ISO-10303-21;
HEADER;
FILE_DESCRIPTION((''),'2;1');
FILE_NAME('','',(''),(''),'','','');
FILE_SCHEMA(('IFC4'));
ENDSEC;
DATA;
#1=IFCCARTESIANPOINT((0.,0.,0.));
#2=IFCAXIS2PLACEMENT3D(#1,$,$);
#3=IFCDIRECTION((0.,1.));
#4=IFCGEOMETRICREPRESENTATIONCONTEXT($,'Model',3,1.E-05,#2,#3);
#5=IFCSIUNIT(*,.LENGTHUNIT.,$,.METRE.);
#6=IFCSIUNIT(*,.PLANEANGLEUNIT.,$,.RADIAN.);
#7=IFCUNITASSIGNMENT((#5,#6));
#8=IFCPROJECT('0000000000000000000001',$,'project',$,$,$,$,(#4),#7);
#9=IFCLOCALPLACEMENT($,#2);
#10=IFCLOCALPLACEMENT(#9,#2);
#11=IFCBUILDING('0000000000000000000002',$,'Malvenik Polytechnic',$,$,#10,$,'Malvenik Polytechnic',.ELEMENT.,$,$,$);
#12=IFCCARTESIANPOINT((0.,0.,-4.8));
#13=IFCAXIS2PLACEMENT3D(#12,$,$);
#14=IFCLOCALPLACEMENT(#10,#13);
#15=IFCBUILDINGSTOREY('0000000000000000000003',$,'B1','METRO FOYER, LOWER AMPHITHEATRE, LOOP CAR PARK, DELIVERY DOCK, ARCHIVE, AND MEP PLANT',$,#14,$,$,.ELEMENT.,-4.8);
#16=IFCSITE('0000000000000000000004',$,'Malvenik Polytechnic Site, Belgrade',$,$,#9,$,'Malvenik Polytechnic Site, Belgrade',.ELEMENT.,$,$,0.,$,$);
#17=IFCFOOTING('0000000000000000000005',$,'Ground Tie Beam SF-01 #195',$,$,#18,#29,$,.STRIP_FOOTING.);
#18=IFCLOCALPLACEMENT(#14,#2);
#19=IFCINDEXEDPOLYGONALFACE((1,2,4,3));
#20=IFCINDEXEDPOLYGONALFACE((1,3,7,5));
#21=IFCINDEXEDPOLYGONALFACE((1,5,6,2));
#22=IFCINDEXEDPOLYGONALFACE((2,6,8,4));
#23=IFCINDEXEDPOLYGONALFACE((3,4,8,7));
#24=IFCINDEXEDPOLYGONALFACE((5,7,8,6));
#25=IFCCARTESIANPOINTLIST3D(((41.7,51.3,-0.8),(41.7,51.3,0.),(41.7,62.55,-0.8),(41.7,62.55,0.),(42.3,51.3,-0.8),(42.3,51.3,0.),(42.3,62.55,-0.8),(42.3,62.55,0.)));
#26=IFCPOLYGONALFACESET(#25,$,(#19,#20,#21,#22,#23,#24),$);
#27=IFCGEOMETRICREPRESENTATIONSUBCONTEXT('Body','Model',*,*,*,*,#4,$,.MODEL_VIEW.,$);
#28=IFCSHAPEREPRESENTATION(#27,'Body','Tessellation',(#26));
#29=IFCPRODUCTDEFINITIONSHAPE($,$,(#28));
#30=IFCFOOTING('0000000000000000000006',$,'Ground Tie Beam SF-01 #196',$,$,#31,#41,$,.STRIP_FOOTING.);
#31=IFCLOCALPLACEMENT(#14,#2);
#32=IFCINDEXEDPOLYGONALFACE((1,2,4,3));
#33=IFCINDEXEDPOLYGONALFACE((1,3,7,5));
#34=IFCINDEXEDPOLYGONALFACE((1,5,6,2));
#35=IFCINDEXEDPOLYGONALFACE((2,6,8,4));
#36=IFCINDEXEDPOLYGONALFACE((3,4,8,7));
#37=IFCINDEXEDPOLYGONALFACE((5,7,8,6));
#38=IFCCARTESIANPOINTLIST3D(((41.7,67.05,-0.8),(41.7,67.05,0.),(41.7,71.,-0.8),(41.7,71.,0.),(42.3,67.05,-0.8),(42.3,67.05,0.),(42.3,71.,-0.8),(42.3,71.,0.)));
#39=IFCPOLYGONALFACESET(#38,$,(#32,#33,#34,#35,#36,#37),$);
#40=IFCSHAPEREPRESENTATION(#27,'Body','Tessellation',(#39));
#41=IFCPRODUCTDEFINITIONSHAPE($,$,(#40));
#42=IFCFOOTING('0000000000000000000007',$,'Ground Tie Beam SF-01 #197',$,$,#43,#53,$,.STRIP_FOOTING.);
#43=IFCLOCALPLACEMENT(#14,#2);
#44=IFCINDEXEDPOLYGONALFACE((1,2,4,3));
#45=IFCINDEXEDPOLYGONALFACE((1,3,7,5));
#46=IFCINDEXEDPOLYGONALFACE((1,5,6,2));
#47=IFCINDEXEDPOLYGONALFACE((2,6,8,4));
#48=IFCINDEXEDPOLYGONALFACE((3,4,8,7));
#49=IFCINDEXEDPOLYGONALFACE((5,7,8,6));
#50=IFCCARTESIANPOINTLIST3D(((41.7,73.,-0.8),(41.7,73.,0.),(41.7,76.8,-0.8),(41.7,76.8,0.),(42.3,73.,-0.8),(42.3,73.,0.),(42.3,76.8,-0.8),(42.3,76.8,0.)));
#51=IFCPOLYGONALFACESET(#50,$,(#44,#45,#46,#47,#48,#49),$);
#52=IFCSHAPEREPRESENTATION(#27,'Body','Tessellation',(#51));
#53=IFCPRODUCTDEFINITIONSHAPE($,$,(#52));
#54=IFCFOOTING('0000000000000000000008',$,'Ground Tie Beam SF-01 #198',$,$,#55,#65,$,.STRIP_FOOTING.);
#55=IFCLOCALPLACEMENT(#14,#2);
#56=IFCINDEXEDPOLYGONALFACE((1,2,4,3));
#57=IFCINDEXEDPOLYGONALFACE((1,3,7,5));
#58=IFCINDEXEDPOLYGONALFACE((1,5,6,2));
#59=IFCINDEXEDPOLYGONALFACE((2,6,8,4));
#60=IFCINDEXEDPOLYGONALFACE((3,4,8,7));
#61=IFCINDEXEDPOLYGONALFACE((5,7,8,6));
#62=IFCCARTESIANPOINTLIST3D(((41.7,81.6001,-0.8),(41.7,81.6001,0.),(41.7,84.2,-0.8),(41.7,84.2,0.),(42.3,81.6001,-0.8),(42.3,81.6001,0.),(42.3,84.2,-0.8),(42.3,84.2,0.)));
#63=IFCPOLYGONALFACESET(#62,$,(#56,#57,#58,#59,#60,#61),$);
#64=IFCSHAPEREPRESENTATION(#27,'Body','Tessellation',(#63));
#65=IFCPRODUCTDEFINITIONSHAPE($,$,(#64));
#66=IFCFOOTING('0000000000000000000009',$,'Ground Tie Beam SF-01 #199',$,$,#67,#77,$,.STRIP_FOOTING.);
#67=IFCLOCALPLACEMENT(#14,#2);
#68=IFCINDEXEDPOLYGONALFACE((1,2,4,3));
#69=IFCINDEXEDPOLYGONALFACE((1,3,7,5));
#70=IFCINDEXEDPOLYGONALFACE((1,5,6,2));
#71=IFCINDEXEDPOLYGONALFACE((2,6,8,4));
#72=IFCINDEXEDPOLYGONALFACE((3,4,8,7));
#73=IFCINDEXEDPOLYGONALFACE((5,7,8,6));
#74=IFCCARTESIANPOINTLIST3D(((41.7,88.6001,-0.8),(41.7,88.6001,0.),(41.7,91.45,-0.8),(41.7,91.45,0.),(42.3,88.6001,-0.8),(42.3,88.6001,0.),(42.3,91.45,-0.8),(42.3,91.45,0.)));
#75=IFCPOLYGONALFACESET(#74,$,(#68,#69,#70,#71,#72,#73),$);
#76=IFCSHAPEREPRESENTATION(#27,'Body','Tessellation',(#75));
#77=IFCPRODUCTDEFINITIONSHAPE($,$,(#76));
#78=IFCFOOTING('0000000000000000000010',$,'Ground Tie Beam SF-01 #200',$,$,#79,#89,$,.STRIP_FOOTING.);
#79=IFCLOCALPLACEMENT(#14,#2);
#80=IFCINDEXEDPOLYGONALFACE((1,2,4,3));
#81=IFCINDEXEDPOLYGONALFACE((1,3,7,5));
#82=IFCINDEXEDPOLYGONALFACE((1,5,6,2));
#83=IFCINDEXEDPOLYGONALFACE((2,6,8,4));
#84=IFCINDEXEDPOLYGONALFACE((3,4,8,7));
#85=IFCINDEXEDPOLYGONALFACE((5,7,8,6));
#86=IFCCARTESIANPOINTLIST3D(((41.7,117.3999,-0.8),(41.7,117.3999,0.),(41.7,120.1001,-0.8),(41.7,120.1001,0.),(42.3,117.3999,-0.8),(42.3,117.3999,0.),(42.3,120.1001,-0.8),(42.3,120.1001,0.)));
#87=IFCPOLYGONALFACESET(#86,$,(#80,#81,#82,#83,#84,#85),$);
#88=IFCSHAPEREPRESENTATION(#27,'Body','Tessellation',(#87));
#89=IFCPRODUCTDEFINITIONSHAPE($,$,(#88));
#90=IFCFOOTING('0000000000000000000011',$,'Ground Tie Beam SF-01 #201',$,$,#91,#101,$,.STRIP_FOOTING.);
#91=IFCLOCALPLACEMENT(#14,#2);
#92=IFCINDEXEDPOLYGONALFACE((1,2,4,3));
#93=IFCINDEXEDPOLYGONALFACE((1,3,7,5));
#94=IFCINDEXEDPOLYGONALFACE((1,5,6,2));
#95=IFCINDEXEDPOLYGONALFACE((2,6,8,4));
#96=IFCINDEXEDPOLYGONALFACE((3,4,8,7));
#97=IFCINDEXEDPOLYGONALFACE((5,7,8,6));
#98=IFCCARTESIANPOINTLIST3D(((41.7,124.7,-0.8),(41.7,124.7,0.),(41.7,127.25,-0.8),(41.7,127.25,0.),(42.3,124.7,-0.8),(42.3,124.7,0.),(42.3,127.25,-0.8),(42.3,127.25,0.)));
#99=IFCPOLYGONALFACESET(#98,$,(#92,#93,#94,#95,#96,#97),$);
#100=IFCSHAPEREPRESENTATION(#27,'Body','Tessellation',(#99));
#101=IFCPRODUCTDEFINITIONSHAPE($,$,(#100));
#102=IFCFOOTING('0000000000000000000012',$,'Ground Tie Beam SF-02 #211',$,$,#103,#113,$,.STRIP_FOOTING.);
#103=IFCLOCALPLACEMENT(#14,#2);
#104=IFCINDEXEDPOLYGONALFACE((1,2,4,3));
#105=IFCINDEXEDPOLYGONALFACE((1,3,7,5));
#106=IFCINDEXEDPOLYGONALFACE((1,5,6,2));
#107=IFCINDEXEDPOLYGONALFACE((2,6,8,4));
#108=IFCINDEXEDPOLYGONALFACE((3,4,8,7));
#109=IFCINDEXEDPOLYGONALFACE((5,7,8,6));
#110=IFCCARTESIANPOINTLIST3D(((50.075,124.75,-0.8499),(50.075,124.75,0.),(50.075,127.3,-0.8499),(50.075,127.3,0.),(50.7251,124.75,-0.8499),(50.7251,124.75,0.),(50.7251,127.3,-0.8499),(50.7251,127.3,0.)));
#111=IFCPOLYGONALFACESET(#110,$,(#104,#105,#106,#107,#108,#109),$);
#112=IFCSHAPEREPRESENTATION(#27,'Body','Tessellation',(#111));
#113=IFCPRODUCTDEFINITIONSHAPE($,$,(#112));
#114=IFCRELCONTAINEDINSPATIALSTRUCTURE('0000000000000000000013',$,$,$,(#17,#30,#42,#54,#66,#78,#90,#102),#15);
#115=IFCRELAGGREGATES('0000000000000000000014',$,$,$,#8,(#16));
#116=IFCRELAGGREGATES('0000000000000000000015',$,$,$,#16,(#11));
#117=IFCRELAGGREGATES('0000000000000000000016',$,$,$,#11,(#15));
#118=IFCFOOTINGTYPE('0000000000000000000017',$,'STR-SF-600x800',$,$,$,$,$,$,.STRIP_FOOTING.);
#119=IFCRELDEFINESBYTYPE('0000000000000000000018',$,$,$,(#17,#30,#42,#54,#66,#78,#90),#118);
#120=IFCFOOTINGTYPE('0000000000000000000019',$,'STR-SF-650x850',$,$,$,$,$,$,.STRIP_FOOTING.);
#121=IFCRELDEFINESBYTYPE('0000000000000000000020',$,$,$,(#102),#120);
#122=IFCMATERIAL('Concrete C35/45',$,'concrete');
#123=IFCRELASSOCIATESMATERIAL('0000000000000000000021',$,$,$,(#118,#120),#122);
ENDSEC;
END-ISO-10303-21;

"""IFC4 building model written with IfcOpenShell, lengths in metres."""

from ifc_helpers import new_model, si_unit, direction, frame, origin, place, context, subcontext, project, spatial, polyline, outline, extrude, material, type_object, element, save


model = new_model("IFC4")

# Units and contexts
model_context = context("Model", 3, precision=1e-05, world=origin(), true_north=direction((0.0, 1.0)))
body_context = subcontext(model_context, "Body", "Model", "MODEL_VIEW")
ifc_project = project(units=[si_unit("LENGTHUNIT", "METRE"), si_unit("PLANEANGLEUNIT", "RADIAN")], contexts=[model_context])

# Site, building, storey
site_placement = place(None, origin())
site = spatial("IfcSite", under=ifc_project, at=site_placement, Name="Malvenik Polytechnic Site, Belgrade", LongName="Malvenik Polytechnic Site, Belgrade", CompositionType="ELEMENT", RefElevation=0.0)
building_placement = place(site_placement, origin())
building = spatial("IfcBuilding", under=site, at=building_placement, Name="Malvenik Polytechnic", LongName="Malvenik Polytechnic", CompositionType="ELEMENT")
storey_placement = place(building_placement, frame((0.0, 0.0, -4.8)))
storey = spatial("IfcBuildingStorey", under=building, at=storey_placement, Name="B1", Description="METRO FOYER, LOWER AMPHITHEATRE, LOOP CAR PARK, DELIVERY DOCK, ARCHIVE, AND MEP PLANT", CompositionType="ELEMENT", Elevation=-4.8)

# Footings
ifc_material = material(Name="Concrete C35/45", Category="concrete")
footing_type_1 = type_object("IfcFootingType", Name="STR-SF-600x800", PredefinedType="STRIP_FOOTING", material=ifc_material)
footing_1_placement = place(storey_placement, frame((0.0, 0.0, -0.8)))
element("IfcFooting", 1, at=footing_1_placement, inside=storey, type_object=footing_type_1, Name="Ground Tie Beam SF-01 #195", PredefinedType="STRIP_FOOTING", context=body_context, shape_type="SweptSolid", body=[
    extrude(outline(polyline([(41.7, 51.3), (42.3, 51.3), (42.3, 62.55), (41.7, 62.55), (41.7, 51.3)])), origin(), (0.0, 0.0, 1.0), 0.8),
])
footing_2_placement = place(storey_placement, frame((0.0, 0.0, -0.8)))
element("IfcFooting", 2, at=footing_2_placement, inside=storey, type_object=footing_type_1, Name="Ground Tie Beam SF-01 #196", PredefinedType="STRIP_FOOTING", context=body_context, shape_type="SweptSolid", body=[
    extrude(outline(polyline([(41.7, 67.05), (42.3, 67.05), (42.3, 71.0), (41.7, 71.0), (41.7, 67.05)])), origin(), (0.0, 0.0, 1.0), 0.8),
])
footing_3_placement = place(storey_placement, frame((0.0, 0.0, -0.8)))
element("IfcFooting", 3, at=footing_3_placement, inside=storey, type_object=footing_type_1, Name="Ground Tie Beam SF-01 #197", PredefinedType="STRIP_FOOTING", context=body_context, shape_type="SweptSolid", body=[
    extrude(outline(polyline([(41.7, 73.0), (42.3, 73.0), (42.3, 76.8), (41.7, 76.8), (41.7, 73.0)])), origin(), (0.0, 0.0, 1.0), 0.8),
])
footing_4_placement = place(storey_placement, frame((0.0, 0.0, -0.8)))
element("IfcFooting", 4, at=footing_4_placement, inside=storey, type_object=footing_type_1, Name="Ground Tie Beam SF-01 #198", PredefinedType="STRIP_FOOTING", context=body_context, shape_type="SweptSolid", body=[
    extrude(outline(polyline([(41.7, 81.6001), (42.3, 81.6001), (42.3, 84.2), (41.7, 84.2), (41.7, 81.6001)])), origin(), (0.0, 0.0, 1.0), 0.8),
])
footing_5_placement = place(storey_placement, frame((0.0, 0.0, -0.8)))
element("IfcFooting", 5, at=footing_5_placement, inside=storey, type_object=footing_type_1, Name="Ground Tie Beam SF-01 #199", PredefinedType="STRIP_FOOTING", context=body_context, shape_type="SweptSolid", body=[
    extrude(outline(polyline([(41.7, 88.6001), (42.3, 88.6001), (42.3, 91.45), (41.7, 91.45), (41.7, 88.6001)])), origin(), (0.0, 0.0, 1.0), 0.8),
])
footing_6_placement = place(storey_placement, frame((0.0, 0.0, -0.8)))
element("IfcFooting", 6, at=footing_6_placement, inside=storey, type_object=footing_type_1, Name="Ground Tie Beam SF-01 #200", PredefinedType="STRIP_FOOTING", context=body_context, shape_type="SweptSolid", body=[
    extrude(outline(polyline([(41.7, 117.3999), (42.3, 117.3999), (42.3, 120.1001), (41.7, 120.1001), (41.7, 117.3999)])), origin(), (0.0, 0.0, 1.0), 0.8),
])
footing_7_placement = place(storey_placement, frame((0.0, 0.0, -0.8)))
element("IfcFooting", 7, at=footing_7_placement, inside=storey, type_object=footing_type_1, Name="Ground Tie Beam SF-01 #201", PredefinedType="STRIP_FOOTING", context=body_context, shape_type="SweptSolid", body=[
    extrude(outline(polyline([(41.7, 124.7), (42.3, 124.7), (42.3, 127.25), (41.7, 127.25), (41.7, 124.7)])), origin(), (0.0, 0.0, 1.0), 0.8),
])
footing_type_2 = type_object("IfcFootingType", Name="STR-SF-650x850", PredefinedType="STRIP_FOOTING", material=ifc_material)
footing_8_placement = place(storey_placement, frame((0.0, 0.0, -0.8499)))
element("IfcFooting", 8, at=footing_8_placement, inside=storey, type_object=footing_type_2, Name="Ground Tie Beam SF-02 #211", PredefinedType="STRIP_FOOTING", context=body_context, shape_type="SweptSolid", body=[
    extrude(outline(polyline([(50.075, 124.75), (50.7251, 124.75), (50.7251, 127.3), (50.075, 127.3), (50.075, 124.75)])), origin(), (0.0, 0.0, 1.0), 0.8499),
])

save(model, "model.ifc")
